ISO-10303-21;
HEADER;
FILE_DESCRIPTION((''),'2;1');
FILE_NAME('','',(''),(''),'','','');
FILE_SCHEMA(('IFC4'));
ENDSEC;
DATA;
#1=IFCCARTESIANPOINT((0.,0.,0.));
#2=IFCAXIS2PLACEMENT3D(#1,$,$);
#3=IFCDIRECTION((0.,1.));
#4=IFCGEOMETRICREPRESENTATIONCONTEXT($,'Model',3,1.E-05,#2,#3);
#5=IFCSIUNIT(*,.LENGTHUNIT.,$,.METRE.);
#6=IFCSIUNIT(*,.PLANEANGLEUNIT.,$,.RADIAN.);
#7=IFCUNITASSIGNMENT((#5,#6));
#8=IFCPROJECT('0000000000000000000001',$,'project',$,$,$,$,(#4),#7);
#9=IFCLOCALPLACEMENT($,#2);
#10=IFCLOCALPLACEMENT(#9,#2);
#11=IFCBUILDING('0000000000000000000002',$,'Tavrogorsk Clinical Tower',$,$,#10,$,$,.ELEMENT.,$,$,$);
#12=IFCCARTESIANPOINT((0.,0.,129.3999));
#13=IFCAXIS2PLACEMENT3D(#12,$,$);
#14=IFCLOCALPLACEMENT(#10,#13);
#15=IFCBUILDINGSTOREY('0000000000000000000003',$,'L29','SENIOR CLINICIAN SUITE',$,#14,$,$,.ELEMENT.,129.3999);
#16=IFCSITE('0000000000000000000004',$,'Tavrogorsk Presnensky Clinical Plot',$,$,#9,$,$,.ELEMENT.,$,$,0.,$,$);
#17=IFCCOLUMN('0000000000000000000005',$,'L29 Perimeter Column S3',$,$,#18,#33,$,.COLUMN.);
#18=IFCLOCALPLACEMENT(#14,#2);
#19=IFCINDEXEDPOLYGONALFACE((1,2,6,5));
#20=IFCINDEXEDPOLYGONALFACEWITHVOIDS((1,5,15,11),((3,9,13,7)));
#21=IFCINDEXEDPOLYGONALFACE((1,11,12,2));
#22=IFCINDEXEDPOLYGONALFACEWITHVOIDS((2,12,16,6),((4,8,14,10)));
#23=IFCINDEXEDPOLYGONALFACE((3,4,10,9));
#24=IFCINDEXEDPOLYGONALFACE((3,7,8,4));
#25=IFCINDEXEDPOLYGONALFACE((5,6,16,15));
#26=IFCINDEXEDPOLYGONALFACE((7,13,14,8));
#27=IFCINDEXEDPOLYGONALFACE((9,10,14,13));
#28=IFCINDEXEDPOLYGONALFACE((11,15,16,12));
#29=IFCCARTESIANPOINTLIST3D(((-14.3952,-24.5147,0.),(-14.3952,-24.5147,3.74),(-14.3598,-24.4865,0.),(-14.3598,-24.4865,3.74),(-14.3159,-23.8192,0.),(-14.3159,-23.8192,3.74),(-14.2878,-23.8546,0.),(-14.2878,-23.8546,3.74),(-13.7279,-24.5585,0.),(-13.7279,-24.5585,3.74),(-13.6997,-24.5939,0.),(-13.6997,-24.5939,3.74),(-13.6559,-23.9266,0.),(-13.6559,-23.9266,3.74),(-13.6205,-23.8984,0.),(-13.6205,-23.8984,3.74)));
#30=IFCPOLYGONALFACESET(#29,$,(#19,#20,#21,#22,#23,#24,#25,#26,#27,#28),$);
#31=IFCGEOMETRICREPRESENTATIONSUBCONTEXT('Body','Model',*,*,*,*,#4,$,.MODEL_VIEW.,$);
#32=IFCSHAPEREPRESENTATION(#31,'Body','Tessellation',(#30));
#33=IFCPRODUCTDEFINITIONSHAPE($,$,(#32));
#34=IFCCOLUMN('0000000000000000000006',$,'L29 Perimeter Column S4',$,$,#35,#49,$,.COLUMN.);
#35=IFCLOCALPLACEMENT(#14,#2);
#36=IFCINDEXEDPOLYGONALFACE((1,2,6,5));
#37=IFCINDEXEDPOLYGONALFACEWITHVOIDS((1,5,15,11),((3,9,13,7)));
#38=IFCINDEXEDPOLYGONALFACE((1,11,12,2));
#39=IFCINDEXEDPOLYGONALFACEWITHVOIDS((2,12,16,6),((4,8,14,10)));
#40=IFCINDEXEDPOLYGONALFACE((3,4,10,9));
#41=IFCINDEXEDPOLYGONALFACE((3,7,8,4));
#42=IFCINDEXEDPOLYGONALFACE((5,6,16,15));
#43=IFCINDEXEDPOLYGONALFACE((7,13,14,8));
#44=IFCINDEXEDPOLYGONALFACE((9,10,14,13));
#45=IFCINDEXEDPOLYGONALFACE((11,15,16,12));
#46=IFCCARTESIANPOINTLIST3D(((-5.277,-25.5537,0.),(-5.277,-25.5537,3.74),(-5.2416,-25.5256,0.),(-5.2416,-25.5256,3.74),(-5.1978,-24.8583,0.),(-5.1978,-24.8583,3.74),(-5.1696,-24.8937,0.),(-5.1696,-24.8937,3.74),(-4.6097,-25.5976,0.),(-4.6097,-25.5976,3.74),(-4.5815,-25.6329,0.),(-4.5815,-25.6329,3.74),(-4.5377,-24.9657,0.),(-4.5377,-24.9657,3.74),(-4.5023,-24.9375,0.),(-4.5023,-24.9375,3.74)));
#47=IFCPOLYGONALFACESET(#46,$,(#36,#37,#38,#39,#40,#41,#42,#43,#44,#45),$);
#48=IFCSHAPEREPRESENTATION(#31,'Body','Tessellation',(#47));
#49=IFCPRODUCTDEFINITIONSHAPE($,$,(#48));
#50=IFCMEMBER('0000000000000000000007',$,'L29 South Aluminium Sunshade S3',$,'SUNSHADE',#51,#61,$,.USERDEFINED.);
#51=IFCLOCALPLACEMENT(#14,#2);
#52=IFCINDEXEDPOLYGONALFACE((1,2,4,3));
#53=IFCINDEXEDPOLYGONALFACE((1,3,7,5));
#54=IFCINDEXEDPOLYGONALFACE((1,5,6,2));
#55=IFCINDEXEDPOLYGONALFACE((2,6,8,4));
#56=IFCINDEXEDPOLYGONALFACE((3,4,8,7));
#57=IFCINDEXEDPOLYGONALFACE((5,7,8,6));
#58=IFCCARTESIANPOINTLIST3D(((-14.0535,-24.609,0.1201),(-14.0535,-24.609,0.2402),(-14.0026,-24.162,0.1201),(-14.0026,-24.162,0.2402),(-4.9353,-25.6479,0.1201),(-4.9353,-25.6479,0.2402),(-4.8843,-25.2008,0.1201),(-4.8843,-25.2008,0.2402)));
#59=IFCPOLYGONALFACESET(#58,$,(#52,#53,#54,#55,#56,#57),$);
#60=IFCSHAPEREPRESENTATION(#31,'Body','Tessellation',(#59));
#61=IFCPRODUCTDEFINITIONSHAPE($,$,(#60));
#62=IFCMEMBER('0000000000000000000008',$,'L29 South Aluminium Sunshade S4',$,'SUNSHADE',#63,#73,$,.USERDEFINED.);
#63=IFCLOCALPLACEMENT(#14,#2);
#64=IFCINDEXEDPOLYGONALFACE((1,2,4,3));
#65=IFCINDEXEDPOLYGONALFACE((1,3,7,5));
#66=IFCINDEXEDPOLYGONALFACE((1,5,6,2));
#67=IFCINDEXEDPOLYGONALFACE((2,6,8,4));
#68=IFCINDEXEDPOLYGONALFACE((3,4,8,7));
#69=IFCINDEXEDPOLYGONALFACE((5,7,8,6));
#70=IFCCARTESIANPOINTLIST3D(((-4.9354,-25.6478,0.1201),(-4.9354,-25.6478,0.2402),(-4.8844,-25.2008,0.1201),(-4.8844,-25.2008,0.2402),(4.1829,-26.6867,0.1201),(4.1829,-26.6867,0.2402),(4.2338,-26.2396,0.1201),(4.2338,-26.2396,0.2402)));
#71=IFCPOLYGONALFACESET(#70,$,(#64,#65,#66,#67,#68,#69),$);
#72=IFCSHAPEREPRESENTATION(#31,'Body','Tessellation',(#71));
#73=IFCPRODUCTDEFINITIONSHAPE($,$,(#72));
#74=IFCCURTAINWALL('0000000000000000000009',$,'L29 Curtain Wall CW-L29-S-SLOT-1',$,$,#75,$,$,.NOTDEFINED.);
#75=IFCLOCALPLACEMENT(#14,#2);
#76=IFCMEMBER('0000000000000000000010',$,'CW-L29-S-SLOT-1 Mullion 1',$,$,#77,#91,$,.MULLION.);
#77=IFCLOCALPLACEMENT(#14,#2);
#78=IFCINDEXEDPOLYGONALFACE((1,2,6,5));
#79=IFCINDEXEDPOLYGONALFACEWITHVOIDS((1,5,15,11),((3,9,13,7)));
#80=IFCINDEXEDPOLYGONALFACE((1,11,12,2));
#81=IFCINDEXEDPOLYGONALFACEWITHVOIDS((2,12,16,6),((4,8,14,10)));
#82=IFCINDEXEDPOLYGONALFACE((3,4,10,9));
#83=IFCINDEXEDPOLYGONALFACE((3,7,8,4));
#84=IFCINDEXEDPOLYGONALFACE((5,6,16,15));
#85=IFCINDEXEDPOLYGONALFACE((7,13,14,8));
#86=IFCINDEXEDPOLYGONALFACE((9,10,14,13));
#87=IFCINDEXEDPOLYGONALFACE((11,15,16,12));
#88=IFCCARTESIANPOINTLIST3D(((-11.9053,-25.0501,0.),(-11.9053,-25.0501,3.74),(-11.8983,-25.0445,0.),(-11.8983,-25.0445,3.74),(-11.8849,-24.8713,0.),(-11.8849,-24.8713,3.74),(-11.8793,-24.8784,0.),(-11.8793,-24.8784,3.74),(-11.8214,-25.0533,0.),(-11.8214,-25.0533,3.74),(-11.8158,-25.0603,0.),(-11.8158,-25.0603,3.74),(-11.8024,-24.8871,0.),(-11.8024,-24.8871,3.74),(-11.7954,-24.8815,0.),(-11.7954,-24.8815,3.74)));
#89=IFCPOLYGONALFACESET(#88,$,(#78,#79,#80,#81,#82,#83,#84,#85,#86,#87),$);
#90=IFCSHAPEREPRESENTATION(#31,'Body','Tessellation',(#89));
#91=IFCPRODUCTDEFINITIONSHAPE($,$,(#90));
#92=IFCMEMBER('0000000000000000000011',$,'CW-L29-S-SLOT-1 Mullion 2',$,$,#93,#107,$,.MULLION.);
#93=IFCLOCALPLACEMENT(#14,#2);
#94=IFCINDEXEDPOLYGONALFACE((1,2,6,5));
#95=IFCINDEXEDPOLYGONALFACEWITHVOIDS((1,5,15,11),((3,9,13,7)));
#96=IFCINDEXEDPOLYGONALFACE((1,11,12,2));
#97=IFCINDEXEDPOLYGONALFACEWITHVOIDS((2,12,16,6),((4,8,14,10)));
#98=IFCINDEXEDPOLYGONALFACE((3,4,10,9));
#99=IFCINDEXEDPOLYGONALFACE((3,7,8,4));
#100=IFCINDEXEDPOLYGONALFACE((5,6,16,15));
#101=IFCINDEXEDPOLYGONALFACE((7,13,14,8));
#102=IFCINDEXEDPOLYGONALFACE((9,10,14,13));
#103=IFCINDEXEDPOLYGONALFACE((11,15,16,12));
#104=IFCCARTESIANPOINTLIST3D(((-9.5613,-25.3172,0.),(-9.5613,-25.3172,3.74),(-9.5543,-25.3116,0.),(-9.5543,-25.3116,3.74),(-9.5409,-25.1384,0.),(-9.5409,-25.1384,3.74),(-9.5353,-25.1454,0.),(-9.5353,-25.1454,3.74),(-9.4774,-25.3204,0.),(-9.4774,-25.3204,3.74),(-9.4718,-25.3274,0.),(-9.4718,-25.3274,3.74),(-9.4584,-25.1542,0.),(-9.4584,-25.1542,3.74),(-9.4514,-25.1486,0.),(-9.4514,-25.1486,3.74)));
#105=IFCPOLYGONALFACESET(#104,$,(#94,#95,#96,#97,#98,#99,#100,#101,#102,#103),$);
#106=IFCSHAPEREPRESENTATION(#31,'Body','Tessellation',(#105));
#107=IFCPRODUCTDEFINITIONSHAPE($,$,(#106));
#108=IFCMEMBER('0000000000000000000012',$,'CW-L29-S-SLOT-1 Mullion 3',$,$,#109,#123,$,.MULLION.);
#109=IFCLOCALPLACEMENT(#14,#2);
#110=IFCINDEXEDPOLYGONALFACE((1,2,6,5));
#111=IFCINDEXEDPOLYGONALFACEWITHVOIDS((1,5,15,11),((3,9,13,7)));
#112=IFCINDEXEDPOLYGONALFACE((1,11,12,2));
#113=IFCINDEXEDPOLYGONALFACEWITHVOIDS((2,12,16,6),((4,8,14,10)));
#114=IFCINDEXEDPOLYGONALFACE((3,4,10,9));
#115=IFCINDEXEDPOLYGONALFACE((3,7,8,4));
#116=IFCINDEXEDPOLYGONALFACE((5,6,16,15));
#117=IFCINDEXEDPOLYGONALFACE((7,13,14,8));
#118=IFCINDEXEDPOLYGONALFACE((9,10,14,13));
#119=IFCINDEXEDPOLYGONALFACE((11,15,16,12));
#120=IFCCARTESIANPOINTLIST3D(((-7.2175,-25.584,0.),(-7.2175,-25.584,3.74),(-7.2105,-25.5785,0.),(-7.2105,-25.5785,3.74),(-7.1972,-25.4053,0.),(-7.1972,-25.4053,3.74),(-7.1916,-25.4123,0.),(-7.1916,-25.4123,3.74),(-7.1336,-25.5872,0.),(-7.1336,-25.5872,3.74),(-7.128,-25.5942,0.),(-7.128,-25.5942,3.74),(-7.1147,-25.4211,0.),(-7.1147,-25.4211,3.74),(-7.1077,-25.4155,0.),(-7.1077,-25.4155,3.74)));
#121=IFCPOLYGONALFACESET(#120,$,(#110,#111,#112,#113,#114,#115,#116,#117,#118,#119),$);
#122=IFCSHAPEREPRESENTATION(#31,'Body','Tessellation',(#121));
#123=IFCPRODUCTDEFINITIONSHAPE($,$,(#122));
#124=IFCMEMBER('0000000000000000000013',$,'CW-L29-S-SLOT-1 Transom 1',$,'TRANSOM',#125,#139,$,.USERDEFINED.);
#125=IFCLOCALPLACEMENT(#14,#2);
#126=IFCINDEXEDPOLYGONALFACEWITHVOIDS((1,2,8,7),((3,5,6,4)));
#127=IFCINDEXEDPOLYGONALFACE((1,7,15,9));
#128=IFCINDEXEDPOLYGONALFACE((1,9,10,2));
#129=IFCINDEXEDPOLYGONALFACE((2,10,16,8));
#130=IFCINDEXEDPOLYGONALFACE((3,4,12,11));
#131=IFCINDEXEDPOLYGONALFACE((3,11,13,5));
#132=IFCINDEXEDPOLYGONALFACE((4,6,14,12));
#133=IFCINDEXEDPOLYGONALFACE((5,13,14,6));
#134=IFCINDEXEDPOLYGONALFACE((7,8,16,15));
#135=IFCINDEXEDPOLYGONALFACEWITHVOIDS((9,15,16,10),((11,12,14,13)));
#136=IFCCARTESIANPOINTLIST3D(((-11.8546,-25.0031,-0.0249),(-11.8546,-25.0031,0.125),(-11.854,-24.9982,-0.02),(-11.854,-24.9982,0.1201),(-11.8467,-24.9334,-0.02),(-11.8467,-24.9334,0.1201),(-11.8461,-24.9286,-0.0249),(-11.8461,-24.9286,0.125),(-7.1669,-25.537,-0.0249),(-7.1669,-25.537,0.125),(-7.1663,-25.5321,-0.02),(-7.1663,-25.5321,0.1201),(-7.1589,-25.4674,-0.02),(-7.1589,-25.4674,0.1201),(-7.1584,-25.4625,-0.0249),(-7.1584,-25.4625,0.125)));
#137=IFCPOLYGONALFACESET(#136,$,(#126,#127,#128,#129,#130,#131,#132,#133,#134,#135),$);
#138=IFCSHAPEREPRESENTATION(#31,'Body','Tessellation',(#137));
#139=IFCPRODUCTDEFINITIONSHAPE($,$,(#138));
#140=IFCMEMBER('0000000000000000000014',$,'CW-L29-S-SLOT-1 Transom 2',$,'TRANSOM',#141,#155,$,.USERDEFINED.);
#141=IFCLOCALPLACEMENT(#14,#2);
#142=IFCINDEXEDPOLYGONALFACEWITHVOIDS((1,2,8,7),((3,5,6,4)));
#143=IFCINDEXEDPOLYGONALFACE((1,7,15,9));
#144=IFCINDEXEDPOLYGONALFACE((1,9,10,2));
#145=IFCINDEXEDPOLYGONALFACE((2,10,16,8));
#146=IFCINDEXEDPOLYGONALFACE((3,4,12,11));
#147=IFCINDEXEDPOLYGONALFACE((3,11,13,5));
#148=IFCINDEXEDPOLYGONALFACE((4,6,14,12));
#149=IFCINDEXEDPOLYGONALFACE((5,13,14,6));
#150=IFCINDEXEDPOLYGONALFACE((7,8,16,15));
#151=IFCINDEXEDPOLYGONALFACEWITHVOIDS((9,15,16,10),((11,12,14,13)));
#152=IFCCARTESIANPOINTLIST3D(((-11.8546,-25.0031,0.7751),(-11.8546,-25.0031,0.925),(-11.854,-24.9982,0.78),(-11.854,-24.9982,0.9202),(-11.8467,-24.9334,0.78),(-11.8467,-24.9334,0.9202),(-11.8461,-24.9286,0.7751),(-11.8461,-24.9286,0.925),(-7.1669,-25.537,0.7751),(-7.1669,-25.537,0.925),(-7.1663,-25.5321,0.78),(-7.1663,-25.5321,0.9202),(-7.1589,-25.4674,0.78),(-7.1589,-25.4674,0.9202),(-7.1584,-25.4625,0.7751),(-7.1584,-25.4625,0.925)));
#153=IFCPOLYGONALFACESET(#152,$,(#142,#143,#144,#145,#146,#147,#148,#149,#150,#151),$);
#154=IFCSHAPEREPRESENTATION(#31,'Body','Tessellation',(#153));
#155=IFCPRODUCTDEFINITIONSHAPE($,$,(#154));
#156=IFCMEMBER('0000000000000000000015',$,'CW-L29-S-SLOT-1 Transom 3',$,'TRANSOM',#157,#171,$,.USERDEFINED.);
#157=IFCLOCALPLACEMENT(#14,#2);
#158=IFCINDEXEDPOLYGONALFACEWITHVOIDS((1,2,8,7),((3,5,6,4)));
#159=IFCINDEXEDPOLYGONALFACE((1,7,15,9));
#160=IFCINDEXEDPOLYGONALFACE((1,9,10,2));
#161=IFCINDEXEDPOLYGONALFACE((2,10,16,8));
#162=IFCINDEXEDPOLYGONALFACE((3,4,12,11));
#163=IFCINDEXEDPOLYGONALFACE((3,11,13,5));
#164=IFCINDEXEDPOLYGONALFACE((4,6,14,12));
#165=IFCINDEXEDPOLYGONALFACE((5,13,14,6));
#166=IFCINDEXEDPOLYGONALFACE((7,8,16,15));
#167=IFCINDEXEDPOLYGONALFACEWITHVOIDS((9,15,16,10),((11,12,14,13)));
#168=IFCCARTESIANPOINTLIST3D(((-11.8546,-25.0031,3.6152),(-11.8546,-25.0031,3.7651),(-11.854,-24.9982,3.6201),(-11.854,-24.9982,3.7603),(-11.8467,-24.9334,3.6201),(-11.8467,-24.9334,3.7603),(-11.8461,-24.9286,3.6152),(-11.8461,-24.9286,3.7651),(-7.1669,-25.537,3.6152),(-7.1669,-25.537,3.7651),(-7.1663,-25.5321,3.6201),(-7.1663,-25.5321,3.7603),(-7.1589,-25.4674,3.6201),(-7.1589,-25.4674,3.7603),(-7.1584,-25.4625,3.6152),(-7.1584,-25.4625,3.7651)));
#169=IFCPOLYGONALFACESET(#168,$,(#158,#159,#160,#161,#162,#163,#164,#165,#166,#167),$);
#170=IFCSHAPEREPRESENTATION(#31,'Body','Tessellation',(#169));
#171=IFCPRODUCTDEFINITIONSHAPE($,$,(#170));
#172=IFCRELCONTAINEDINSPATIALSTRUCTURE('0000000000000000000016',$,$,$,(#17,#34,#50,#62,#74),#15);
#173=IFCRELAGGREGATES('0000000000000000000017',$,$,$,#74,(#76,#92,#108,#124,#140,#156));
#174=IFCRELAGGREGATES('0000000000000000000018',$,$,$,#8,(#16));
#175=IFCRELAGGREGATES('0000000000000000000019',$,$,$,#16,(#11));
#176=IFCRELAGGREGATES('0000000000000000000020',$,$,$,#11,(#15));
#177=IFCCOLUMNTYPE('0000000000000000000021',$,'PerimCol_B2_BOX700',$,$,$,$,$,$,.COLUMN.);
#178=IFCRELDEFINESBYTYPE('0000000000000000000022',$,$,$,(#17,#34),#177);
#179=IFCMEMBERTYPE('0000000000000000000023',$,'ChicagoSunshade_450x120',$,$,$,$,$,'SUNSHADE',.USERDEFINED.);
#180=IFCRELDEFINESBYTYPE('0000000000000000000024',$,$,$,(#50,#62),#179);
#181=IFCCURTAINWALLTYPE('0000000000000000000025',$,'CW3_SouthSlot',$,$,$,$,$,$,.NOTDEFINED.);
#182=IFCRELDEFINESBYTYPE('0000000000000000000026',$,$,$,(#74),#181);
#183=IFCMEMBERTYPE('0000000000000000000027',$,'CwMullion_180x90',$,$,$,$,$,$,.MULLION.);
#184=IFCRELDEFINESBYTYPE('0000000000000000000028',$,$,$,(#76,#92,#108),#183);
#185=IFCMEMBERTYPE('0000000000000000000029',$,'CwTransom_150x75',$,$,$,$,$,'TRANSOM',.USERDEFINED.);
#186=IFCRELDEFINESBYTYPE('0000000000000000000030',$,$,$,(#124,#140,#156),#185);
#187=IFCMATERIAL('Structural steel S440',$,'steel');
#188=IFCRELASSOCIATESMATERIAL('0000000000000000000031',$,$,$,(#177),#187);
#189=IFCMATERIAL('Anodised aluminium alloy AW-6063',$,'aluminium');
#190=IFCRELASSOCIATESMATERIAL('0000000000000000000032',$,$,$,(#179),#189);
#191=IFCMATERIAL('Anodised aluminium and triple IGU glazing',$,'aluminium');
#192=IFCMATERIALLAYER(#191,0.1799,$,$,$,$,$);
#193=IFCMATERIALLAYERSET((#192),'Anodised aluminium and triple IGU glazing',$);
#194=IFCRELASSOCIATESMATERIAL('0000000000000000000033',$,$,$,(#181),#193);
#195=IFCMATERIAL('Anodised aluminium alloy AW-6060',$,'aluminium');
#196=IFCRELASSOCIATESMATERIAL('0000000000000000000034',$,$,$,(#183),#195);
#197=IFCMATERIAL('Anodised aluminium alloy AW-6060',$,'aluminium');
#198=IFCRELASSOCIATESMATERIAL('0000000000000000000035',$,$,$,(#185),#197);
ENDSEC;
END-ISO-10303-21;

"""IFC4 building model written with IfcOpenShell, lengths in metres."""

from ifc_helpers import new_model, si_unit, direction, frame, origin, origin_2d, place, context, subcontext, project, spatial, rectangle, hollow_rectangle, extrude, material, layer, layer_set, material_profile, profile_set, type_object, element, aggregate, save


model = new_model("IFC4")

# Units and contexts
model_context = context("Model", 3, precision=1e-05, world=origin(), true_north=direction((0.0, 1.0)))
body_context = subcontext(model_context, "Body", "Model", "MODEL_VIEW")
ifc_project = project(units=[si_unit("LENGTHUNIT", "METRE"), si_unit("PLANEANGLEUNIT", "RADIAN")], contexts=[model_context])

# Site, building, storey
site_placement = place(None, origin())
site = spatial("IfcSite", under=ifc_project, at=site_placement, Name="Tavrogorsk Presnensky Clinical Plot", CompositionType="ELEMENT", RefElevation=0.0)
building_placement = place(site_placement, origin())
building = spatial("IfcBuilding", under=site, at=building_placement, Name="Tavrogorsk Clinical Tower", CompositionType="ELEMENT")
storey_placement = place(building_placement, frame((0.0, 0.0, 129.3999)))
storey = spatial("IfcBuildingStorey", under=building, at=storey_placement, Name="L29", Description="SENIOR CLINICIAN SUITE", CompositionType="ELEMENT", Elevation=129.3999)

# Columns
ifc_material_1 = material(Name="Structural steel S440", Category="steel")
ifc_material_profile_1 = material_profile(ifc_material_1, hollow_rectangle(XDim=0.7, YDim=0.7, WallThickness=0.032, at=origin_2d()), Name="BOX-700x700x32")
ifc_profile_set_1 = profile_set([ifc_material_profile_1], Name="Structural steel S440")
column_type = type_object("IfcColumnType", Name="PerimCol_B2_BOX700", PredefinedType="COLUMN", material=ifc_profile_set_1)
for number, where, z_axis, x_axis, name in (
    (1, (-14.0078, -24.2065, 0.0), (0.0, 0.0, 1.0), (0.993572, -0.113203, 0.0), "L29 Perimeter Column S3"),
    (2, (-4.8896, -25.2456, 0.0), (0.0, 0.0, 1.0), (0.993572, -0.113203, 0.0), "L29 Perimeter Column S4"),
):
    element("IfcColumn", number, at=place(storey_placement, frame(where, z_axis=z_axis, x_axis=x_axis)), inside=storey, type_object=column_type, Name=name, PredefinedType="COLUMN", context=body_context, shape_type="SweptSolid", body=[
        extrude(hollow_rectangle(XDim=0.7, YDim=0.7, WallThickness=0.032, at=origin_2d()), origin(), (0.0, 0.0, 1.0), 3.74),
    ])

# Members
ifc_material_2 = material(Name="Anodised aluminium alloy AW-6063", Category="aluminium")
ifc_material_profile_2 = material_profile(ifc_material_2, rectangle(XDim=0.45, YDim=0.1201, at=origin_2d()), Name="ALU-SUNSHADE-450x120")
ifc_profile_set_2 = profile_set([ifc_material_profile_2], Name="Anodised aluminium alloy AW-6063")
member_type_1 = type_object("IfcMemberType", Name="ChicagoSunshade_450x120", ElementType="SUNSHADE", PredefinedType="USERDEFINED", material=ifc_profile_set_2)
for number, where, z_axis, x_axis, name in (
    (3, (-14.0281, -24.3855, 0.1802), (0.993573, -0.113196, 0.0), (0.113196, 0.993573, 0.0), "L29 South Aluminium Sunshade S3"),
    (4, (-4.9099, -25.4243, 0.1802), (0.993573, -0.113196, 0.0), (0.113196, 0.993573, 0.0), "L29 South Aluminium Sunshade S4"),
):
    element("IfcMember", number, at=place(storey_placement, frame(where, z_axis=z_axis, x_axis=x_axis)), inside=storey, type_object=member_type_1, Name=name, ObjectType="SUNSHADE", PredefinedType="USERDEFINED", context=body_context, shape_type="SweptSolid", body=[
        extrude(rectangle(XDim=0.45, YDim=0.1201, at=origin_2d()), origin(), (0.0, 0.0, 1.0), 9.1772),
    ])

# Curtain wall, members
ifc_material_3 = material(Name="Anodised aluminium and triple IGU glazing", Category="aluminium")
ifc_layer_1 = layer(ifc_material_3, 0.1799)
ifc_layer_set_1 = layer_set([ifc_layer_1], Name="Anodised aluminium and triple IGU glazing")
curtain_wall_type = type_object("IfcCurtainWallType", Name="CW3_SouthSlot", PredefinedType="NOTDEFINED", material=ifc_layer_set_1)
curtain_wall_placement = place(storey_placement, origin())
curtain_wall = element("IfcCurtainWall", 5, at=curtain_wall_placement, inside=storey, type_object=curtain_wall_type, Name="L29 Curtain Wall CW-L29-S-SLOT-1", PredefinedType="NOTDEFINED")
ifc_material_4 = material(Name="Anodised aluminium alloy AW-6060", Category="aluminium")
ifc_material_profile_3 = material_profile(ifc_material_4, hollow_rectangle(XDim=0.0901, YDim=0.1799, WallThickness=0.0063, at=origin_2d()), Name="RHS-180x90x6.3")
ifc_profile_set_3 = profile_set([ifc_material_profile_3], Name="Anodised aluminium alloy AW-6060")
member_type_2 = type_object("IfcMemberType", Name="CwMullion_180x90", PredefinedType="MULLION", material=ifc_profile_set_3)
member_1_placement = place(storey_placement, frame((-11.8503, -24.9658, 0.0), z_axis=(0.0, 0.0, 1.0), x_axis=(0.993572, -0.113203, 0.0)))
member_1 = element("IfcMember", 6, at=member_1_placement, type_object=member_type_2, Name="CW-L29-S-SLOT-1 Mullion 1", PredefinedType="MULLION", context=body_context, shape_type="SweptSolid", body=[
    extrude(hollow_rectangle(XDim=0.0901, YDim=0.1799, WallThickness=0.0063, at=origin_2d()), origin(), (0.0, 0.0, 1.0), 3.74),
])
member_2_placement = place(storey_placement, frame((-9.5063, -25.2329, 0.0), z_axis=(0.0, 0.0, 1.0), x_axis=(0.993572, -0.113203, 0.0)))
member_2 = element("IfcMember", 7, at=member_2_placement, type_object=member_type_2, Name="CW-L29-S-SLOT-1 Mullion 2", PredefinedType="MULLION", context=body_context, shape_type="SweptSolid", body=[
    extrude(hollow_rectangle(XDim=0.0901, YDim=0.1799, WallThickness=0.0063, at=origin_2d()), origin(), (0.0, 0.0, 1.0), 3.74),
])
member_3_placement = place(storey_placement, frame((-7.1626, -25.4998, 0.0), z_axis=(0.0, 0.0, 1.0), x_axis=(0.993572, -0.113203, 0.0)))
member_3 = element("IfcMember", 8, at=member_3_placement, type_object=member_type_2, Name="CW-L29-S-SLOT-1 Mullion 3", PredefinedType="MULLION", context=body_context, shape_type="SweptSolid", body=[
    extrude(hollow_rectangle(XDim=0.0901, YDim=0.1799, WallThickness=0.0063, at=origin_2d()), origin(), (0.0, 0.0, 1.0), 3.74),
])
ifc_material_5 = material(Name="Anodised aluminium alloy AW-6060", Category="aluminium")
ifc_material_profile_4 = material_profile(ifc_material_5, hollow_rectangle(XDim=0.075, YDim=0.1499, WallThickness=0.0049, at=origin_2d()), Name="RHS-150x75x5")
ifc_profile_set_4 = profile_set([ifc_material_profile_4], Name="Anodised aluminium alloy AW-6060")
member_type_3 = type_object("IfcMemberType", Name="CwTransom_150x75", ElementType="TRANSOM", PredefinedType="USERDEFINED", material=ifc_profile_set_4)
member_4_placement = place(storey_placement, frame((-11.8503, -24.9658, 0.05), z_axis=(0.993576, -0.113169, 0.0), x_axis=(0.113169, 0.993576, 0.0)))
member_4 = element("IfcMember", 9, at=member_4_placement, type_object=member_type_3, Name="CW-L29-S-SLOT-1 Transom 1", ObjectType="TRANSOM", PredefinedType="USERDEFINED", context=body_context, shape_type="SweptSolid", body=[
    extrude(hollow_rectangle(XDim=0.075, YDim=0.1499, WallThickness=0.0049, at=origin_2d()), origin(), (0.0, 0.0, 1.0), 4.718),
])
member_5_placement = place(storey_placement, frame((-11.8503, -24.9658, 0.8501), z_axis=(0.993576, -0.113169, 0.0), x_axis=(0.113169, 0.993576, 0.0)))
member_5 = element("IfcMember", 10, at=member_5_placement, type_object=member_type_3, Name="CW-L29-S-SLOT-1 Transom 2", ObjectType="TRANSOM", PredefinedType="USERDEFINED", context=body_context, shape_type="SweptSolid", body=[
    extrude(hollow_rectangle(XDim=0.075, YDim=0.1499, WallThickness=0.0049, at=origin_2d()), origin(), (0.0, 0.0, 1.0), 4.718),
])
member_6_placement = place(storey_placement, frame((-11.8503, -24.9658, 3.6902), z_axis=(0.993576, -0.113169, 0.0), x_axis=(0.113169, 0.993576, 0.0)))
member_6 = element("IfcMember", 11, at=member_6_placement, type_object=member_type_3, Name="CW-L29-S-SLOT-1 Transom 3", ObjectType="TRANSOM", PredefinedType="USERDEFINED", context=body_context, shape_type="SweptSolid", body=[
    extrude(hollow_rectangle(XDim=0.075, YDim=0.1499, WallThickness=0.0049, at=origin_2d()), origin(), (0.0, 0.0, 1.0), 4.718),
])

aggregate(curtain_wall, [member_1, member_2, member_3, member_4, member_5, member_6])

save(model, "model.ifc")
